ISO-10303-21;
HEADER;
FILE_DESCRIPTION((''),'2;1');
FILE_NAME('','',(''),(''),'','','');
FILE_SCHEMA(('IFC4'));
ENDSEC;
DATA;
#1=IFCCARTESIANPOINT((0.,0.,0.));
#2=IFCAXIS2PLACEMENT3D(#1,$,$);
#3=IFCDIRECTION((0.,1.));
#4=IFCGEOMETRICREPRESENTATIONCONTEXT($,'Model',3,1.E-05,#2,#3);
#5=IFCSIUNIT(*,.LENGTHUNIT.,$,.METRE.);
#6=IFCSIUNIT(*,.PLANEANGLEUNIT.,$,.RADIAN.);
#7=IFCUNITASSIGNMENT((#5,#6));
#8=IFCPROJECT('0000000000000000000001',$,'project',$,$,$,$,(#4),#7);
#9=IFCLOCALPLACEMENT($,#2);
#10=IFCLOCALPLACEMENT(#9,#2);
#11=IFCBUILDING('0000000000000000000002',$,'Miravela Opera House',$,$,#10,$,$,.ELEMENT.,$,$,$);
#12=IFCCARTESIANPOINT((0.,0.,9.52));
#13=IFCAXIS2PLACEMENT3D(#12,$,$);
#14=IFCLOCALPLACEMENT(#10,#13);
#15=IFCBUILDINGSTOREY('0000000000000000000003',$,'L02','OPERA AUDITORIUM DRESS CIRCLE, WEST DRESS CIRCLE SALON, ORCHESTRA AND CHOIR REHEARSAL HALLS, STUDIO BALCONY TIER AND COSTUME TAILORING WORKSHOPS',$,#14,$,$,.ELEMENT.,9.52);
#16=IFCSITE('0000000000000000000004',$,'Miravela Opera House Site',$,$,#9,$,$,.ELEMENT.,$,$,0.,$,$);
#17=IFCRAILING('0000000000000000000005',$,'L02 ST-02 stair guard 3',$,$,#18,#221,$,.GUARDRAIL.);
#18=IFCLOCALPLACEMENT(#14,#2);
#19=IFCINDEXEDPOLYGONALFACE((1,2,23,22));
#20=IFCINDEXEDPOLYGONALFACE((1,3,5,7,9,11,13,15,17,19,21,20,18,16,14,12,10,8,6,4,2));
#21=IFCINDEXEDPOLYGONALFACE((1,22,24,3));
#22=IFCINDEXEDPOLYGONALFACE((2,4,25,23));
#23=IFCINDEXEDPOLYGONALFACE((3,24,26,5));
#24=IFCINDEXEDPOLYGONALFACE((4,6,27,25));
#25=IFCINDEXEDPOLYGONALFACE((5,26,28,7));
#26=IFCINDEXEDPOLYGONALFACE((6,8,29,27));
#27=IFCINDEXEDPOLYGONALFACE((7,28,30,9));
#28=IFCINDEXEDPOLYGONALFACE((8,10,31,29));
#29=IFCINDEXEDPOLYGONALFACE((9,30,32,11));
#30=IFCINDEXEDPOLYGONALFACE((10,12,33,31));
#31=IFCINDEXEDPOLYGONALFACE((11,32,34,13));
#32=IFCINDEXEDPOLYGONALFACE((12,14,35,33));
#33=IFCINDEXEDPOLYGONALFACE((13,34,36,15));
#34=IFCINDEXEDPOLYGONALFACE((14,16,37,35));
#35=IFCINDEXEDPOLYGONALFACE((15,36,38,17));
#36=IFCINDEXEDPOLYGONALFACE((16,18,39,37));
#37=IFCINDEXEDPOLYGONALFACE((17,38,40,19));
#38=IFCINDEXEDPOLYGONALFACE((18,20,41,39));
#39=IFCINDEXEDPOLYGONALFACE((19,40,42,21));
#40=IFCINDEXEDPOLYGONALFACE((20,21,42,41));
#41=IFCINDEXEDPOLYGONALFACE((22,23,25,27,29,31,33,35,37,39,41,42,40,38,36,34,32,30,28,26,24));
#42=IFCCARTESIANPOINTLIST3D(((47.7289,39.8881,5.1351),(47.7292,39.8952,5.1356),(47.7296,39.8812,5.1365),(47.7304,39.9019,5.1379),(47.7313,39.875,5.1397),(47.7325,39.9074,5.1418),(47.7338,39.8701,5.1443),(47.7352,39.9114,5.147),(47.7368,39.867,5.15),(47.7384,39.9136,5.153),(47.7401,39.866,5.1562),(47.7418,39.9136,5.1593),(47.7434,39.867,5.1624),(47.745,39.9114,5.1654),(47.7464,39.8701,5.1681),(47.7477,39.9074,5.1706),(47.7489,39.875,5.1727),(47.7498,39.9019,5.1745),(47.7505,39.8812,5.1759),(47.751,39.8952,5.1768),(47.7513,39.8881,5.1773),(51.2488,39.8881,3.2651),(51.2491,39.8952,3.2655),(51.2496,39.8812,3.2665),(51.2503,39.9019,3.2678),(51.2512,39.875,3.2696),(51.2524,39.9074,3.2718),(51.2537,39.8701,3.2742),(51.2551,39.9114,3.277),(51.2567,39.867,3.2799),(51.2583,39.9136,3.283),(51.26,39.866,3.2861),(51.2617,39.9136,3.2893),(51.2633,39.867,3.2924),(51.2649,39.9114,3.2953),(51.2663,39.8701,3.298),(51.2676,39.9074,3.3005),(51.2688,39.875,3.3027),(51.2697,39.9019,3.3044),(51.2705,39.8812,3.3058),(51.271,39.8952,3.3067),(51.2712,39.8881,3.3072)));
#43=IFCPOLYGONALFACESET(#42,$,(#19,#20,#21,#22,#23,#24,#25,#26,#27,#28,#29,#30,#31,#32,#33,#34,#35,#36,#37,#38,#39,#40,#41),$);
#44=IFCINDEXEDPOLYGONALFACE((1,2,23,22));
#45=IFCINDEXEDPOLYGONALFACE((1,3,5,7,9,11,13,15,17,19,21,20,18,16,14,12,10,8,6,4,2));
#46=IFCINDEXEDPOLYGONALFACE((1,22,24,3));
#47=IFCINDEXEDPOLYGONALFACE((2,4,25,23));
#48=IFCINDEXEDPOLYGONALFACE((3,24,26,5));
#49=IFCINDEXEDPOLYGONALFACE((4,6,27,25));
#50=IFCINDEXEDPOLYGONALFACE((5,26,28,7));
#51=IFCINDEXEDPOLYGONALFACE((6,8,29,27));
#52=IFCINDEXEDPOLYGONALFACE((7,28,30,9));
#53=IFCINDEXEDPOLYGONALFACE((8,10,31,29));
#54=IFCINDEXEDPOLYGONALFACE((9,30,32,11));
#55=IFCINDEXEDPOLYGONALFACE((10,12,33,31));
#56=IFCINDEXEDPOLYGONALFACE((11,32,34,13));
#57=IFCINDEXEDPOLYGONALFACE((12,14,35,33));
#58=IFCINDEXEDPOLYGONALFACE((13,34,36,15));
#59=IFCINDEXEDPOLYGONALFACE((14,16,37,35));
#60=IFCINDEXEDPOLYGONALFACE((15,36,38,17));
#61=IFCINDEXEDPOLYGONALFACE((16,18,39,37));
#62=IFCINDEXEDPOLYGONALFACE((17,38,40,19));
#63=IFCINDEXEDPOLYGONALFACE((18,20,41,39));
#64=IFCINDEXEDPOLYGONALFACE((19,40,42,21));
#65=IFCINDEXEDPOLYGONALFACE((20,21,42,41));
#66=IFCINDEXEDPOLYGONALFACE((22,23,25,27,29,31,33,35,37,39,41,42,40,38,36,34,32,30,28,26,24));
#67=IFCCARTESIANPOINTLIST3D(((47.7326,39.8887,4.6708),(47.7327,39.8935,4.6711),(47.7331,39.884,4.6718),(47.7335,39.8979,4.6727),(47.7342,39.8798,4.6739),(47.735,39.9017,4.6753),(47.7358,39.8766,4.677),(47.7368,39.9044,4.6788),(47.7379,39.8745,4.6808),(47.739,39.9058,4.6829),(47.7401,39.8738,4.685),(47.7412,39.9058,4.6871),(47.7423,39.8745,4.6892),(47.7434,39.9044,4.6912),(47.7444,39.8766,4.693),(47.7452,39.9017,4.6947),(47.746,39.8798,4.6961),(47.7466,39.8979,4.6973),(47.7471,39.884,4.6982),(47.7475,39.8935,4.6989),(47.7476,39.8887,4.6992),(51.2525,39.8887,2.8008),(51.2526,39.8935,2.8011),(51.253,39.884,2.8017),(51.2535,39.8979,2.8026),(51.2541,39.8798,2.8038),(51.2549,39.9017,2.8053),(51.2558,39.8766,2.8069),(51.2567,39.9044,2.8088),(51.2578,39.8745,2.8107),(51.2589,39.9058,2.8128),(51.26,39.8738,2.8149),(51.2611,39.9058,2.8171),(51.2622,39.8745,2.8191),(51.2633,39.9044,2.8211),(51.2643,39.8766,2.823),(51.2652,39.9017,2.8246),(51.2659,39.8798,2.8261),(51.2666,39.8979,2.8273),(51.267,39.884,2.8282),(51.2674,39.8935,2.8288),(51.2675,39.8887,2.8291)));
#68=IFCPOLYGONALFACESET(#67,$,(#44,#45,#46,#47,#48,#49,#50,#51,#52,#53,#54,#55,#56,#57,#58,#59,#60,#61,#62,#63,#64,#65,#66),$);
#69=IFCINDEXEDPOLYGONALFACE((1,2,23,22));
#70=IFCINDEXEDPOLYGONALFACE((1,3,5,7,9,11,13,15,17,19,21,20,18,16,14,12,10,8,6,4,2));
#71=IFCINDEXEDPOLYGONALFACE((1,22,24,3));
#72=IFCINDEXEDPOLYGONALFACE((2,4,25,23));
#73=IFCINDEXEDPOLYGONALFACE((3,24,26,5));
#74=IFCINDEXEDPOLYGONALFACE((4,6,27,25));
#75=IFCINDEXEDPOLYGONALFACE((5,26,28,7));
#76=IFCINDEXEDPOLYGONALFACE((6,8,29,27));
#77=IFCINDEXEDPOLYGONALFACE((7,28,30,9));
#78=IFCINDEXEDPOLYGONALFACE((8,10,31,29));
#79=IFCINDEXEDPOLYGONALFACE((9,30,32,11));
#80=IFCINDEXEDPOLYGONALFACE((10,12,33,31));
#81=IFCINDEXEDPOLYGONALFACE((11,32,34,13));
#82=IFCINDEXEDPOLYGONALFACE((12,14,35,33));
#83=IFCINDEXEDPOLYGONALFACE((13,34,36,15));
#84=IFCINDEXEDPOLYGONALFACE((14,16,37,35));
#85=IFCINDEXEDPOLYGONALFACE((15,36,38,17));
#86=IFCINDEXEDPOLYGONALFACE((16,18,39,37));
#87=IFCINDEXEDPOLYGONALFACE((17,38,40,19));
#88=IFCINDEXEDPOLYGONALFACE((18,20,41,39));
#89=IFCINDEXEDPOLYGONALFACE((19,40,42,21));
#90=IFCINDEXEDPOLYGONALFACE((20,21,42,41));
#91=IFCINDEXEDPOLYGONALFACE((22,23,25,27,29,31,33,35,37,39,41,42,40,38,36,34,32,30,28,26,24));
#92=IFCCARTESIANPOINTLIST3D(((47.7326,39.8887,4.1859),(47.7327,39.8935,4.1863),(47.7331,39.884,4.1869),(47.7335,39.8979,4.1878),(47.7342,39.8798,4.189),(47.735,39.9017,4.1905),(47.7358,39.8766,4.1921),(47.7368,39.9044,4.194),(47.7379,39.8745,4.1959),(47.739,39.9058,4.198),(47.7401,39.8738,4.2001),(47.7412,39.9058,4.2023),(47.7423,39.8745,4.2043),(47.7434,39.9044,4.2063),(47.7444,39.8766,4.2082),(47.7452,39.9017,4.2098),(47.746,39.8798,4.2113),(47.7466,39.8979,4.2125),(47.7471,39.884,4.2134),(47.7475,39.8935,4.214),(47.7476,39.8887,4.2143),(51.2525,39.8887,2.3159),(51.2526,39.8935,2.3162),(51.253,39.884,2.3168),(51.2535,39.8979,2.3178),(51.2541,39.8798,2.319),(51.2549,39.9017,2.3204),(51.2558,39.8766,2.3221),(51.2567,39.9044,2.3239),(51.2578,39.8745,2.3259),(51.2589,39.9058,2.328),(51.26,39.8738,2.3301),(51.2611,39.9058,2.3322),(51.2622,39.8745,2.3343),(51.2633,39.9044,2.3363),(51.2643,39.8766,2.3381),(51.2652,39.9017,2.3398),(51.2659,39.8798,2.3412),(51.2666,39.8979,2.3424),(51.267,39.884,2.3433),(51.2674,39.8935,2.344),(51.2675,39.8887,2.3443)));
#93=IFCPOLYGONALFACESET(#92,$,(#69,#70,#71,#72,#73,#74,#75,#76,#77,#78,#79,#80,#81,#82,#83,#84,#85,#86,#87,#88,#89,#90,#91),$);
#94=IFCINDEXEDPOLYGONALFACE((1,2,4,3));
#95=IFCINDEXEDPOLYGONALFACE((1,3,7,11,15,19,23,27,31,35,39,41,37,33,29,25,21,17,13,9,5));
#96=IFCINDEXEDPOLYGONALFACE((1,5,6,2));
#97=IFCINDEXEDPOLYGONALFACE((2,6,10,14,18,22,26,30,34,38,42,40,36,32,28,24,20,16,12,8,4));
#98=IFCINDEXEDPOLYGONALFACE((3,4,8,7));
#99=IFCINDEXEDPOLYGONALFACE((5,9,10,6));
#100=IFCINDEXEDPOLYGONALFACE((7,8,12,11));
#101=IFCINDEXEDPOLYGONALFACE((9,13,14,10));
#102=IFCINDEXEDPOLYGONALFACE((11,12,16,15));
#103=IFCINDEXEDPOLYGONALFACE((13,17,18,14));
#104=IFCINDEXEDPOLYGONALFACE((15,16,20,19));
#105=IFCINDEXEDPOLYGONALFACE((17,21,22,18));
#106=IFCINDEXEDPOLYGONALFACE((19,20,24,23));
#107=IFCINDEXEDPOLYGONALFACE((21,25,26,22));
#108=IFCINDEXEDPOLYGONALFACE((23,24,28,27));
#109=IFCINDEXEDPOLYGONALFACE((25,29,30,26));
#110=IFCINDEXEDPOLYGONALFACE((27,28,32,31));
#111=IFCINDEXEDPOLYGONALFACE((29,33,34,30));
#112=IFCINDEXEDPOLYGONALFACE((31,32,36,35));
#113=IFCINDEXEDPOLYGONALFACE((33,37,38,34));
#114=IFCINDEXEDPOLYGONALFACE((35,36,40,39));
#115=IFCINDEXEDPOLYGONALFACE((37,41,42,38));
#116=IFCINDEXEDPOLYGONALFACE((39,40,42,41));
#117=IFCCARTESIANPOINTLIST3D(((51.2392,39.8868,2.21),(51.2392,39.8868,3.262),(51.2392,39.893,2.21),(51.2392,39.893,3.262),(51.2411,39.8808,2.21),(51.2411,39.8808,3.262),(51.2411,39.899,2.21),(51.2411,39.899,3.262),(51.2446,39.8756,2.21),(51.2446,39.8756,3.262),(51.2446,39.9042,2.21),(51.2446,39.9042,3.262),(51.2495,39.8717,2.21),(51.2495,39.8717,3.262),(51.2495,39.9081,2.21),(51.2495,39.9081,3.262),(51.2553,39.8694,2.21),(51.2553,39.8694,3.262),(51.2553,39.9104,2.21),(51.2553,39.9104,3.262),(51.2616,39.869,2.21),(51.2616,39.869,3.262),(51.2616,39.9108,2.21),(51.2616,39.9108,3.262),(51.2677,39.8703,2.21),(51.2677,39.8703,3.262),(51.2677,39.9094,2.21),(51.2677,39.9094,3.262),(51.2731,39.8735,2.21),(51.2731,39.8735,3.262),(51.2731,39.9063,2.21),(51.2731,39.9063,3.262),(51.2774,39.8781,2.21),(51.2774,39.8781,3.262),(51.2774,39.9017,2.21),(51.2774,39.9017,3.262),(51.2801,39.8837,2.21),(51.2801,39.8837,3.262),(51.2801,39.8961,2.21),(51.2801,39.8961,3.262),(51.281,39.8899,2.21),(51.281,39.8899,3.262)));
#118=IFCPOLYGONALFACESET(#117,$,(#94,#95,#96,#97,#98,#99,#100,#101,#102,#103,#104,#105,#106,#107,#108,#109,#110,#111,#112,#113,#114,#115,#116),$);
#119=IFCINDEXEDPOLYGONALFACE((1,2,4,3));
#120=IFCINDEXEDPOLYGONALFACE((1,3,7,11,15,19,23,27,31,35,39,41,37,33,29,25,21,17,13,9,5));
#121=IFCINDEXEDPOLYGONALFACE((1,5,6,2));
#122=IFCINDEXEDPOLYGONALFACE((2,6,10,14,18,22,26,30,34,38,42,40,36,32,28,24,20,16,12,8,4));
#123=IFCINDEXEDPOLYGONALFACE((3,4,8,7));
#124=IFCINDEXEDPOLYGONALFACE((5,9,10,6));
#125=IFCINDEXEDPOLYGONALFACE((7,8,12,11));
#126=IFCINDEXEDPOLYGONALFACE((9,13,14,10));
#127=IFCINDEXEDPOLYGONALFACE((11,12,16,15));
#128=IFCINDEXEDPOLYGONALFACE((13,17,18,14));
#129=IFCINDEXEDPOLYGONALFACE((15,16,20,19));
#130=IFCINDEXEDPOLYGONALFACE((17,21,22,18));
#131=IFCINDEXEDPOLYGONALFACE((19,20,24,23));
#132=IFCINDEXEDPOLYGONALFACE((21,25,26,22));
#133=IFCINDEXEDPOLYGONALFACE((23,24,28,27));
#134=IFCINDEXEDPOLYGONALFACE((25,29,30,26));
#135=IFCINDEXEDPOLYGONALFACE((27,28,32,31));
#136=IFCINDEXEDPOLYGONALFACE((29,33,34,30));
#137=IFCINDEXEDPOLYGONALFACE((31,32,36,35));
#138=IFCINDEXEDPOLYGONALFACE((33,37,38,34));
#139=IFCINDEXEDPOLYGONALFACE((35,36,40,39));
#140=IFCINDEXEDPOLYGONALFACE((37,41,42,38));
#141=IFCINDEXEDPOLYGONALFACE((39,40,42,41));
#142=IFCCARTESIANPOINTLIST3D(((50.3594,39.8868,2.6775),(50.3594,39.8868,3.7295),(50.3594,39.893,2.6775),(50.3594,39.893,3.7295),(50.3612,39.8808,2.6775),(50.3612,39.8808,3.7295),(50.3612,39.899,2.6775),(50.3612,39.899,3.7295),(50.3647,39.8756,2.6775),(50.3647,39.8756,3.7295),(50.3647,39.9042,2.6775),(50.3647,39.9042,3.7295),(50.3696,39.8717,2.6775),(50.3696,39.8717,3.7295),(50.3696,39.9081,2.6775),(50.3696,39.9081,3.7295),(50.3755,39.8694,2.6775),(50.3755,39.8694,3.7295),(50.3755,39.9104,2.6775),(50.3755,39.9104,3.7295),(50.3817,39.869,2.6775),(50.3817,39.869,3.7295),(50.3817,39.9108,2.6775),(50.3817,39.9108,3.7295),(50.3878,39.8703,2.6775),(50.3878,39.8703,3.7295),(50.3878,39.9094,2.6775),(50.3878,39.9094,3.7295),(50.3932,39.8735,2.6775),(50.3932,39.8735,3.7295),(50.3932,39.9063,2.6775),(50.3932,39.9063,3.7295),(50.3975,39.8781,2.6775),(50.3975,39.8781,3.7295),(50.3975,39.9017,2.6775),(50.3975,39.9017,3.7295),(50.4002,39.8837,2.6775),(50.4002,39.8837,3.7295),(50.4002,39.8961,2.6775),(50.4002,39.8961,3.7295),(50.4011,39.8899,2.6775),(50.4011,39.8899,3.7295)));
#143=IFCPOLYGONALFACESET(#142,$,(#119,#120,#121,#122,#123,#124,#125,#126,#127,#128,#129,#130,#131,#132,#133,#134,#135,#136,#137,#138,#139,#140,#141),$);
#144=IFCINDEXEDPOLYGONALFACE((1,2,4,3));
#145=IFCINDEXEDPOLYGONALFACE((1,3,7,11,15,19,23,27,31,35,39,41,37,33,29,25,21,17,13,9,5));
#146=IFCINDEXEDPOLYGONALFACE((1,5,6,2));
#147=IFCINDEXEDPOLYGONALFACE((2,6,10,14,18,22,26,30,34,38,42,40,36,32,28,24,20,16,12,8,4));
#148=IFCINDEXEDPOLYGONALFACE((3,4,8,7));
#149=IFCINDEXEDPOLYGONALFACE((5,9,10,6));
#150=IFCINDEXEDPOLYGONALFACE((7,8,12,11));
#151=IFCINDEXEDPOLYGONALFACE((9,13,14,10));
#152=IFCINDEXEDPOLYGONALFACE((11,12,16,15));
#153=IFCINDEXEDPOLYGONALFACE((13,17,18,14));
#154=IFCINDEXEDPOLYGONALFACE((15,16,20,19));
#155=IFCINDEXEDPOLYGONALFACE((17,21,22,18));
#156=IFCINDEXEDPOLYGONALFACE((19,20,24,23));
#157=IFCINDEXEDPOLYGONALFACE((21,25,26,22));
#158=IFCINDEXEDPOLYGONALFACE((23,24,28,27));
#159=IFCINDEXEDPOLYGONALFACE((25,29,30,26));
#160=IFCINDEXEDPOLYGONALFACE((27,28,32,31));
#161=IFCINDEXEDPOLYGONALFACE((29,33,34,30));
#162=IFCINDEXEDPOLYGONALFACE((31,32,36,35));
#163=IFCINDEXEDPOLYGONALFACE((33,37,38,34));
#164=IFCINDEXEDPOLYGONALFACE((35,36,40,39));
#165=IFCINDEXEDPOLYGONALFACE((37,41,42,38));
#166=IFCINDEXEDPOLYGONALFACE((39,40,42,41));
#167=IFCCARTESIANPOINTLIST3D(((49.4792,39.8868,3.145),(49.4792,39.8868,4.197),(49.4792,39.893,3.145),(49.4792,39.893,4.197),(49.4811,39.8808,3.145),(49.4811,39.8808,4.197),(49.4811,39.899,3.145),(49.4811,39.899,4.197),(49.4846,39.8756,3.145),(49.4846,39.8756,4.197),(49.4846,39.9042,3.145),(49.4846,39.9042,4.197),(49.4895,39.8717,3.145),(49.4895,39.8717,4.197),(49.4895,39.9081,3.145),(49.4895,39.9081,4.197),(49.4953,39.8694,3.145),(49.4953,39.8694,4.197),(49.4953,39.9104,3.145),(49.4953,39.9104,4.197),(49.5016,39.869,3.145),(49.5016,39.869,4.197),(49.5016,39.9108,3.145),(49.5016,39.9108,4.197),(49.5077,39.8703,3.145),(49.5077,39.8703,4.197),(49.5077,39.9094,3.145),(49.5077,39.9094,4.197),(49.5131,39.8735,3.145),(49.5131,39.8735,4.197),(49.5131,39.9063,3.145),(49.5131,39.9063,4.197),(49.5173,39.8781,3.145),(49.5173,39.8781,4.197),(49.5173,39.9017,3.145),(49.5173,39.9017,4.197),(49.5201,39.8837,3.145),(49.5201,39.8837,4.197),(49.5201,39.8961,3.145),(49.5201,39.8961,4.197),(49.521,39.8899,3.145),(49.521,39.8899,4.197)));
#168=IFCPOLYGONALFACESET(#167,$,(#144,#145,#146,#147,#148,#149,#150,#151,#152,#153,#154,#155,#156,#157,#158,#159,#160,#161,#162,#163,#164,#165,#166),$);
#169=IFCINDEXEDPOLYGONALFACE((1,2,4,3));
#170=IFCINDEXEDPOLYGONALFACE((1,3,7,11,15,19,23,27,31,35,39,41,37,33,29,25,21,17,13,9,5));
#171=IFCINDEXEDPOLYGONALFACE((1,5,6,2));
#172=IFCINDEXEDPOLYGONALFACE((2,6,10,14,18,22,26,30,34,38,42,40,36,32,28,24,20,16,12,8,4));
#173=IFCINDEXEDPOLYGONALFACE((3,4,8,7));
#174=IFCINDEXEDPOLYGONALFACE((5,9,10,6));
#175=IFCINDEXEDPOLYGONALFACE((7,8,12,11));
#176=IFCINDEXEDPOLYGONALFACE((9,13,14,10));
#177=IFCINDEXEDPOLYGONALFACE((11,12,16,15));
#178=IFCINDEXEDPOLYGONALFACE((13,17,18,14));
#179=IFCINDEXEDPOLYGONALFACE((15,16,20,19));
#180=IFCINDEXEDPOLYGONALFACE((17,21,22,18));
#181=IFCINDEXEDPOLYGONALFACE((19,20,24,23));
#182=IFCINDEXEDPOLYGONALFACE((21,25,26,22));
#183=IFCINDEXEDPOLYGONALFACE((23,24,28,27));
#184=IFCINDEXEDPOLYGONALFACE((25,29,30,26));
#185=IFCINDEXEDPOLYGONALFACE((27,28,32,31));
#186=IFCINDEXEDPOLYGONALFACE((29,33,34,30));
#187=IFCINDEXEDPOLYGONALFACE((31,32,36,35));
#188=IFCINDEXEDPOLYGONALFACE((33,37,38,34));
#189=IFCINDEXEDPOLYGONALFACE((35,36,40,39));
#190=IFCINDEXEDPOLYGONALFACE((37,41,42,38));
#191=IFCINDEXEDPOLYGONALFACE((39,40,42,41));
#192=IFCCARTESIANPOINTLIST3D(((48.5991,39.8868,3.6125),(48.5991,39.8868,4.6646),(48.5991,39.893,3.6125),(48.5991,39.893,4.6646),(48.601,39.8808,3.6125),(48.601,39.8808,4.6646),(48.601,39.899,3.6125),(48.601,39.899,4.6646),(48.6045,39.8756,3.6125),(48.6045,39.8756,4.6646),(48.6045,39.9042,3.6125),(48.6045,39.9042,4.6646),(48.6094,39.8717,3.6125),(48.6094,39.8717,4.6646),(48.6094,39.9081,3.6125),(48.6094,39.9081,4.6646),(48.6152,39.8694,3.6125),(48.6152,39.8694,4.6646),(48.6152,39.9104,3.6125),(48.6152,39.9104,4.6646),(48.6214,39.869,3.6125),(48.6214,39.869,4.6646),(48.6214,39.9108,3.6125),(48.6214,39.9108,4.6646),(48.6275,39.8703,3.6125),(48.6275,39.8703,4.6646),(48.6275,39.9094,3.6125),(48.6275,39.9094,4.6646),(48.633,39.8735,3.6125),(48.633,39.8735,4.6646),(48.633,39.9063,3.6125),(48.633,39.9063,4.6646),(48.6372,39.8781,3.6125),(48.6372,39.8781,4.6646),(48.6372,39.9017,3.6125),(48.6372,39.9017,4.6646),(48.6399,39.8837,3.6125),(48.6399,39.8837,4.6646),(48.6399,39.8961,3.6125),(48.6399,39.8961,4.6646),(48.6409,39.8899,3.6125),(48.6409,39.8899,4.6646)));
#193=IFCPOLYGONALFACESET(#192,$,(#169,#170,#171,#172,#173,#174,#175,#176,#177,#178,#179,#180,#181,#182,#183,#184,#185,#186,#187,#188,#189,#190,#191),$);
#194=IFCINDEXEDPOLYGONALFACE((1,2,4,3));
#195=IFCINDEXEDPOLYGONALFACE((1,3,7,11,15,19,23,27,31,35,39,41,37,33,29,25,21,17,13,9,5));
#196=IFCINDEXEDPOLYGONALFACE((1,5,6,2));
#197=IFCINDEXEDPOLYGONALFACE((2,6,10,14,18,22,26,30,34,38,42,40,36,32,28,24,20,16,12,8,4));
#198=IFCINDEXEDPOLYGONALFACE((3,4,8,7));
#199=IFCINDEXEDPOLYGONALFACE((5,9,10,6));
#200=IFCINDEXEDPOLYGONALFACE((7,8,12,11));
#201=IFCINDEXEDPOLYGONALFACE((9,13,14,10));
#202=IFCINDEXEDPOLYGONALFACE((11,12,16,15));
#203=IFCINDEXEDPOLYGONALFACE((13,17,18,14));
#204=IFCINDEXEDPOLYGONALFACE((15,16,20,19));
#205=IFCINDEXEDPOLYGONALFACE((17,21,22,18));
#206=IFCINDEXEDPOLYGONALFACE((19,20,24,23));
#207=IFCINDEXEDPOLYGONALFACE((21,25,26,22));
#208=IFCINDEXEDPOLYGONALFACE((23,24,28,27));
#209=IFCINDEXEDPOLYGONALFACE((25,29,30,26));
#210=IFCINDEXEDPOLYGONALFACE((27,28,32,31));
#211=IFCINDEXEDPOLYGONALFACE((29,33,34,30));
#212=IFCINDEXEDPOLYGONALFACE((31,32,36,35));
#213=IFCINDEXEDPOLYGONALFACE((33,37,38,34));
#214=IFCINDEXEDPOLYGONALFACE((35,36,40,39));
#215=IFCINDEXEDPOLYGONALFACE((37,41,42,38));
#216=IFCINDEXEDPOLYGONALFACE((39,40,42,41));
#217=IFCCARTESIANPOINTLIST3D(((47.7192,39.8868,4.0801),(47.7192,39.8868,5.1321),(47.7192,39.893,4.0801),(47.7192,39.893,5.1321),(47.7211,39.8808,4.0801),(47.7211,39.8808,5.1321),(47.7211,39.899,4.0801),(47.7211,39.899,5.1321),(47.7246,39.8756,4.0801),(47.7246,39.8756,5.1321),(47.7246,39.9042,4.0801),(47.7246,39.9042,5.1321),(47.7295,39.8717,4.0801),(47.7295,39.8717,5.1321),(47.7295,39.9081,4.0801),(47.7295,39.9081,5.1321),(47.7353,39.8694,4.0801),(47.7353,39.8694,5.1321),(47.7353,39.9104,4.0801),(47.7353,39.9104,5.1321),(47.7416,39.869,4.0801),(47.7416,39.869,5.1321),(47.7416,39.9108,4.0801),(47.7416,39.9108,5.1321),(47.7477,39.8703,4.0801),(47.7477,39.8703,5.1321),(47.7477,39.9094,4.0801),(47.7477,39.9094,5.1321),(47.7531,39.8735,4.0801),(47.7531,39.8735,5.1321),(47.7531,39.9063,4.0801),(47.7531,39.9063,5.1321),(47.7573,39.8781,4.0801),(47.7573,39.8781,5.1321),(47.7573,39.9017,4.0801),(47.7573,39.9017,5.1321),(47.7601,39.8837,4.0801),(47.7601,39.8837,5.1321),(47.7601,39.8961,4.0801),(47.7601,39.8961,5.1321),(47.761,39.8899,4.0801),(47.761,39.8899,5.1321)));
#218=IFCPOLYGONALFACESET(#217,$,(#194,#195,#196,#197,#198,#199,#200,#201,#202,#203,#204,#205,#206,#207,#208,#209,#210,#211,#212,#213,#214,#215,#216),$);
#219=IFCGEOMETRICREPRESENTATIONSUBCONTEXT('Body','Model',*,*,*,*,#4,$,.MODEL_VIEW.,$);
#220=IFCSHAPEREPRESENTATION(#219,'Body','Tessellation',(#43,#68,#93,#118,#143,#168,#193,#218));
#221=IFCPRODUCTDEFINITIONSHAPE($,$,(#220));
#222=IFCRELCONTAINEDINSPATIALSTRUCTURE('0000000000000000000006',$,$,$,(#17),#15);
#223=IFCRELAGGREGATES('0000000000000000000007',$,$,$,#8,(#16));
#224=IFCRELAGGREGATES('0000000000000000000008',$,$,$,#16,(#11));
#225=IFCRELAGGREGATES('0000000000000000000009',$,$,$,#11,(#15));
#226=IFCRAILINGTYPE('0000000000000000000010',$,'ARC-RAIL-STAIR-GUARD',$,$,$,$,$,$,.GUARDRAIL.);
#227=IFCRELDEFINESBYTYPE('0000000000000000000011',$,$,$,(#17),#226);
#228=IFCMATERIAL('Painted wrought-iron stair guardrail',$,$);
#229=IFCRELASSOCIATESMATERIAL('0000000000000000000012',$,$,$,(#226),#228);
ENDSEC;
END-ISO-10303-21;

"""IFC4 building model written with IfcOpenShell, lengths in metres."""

from ifc_helpers import new_model, si_unit, direction, frame, origin, origin_2d, place, context, subcontext, project, spatial, circle, extrude, material, type_object, element, save


model = new_model("IFC4")

# Units and contexts
model_context = context("Model", 3, precision=1e-05, world=origin(), true_north=direction((0.0, 1.0)))
body_context = subcontext(model_context, "Body", "Model", "MODEL_VIEW")
ifc_project = project(units=[si_unit("LENGTHUNIT", "METRE"), si_unit("PLANEANGLEUNIT", "RADIAN")], contexts=[model_context])

# Site, building, storey
site_placement = place(None, origin())
site = spatial("IfcSite", under=ifc_project, at=site_placement, Name="Miravela Opera House Site", CompositionType="ELEMENT", RefElevation=0.0)
building_placement = place(site_placement, origin())
building = spatial("IfcBuilding", under=site, at=building_placement, Name="Miravela Opera House", CompositionType="ELEMENT")
storey_placement = place(building_placement, frame((0.0, 0.0, 9.52)))
storey = spatial("IfcBuildingStorey", under=building, at=storey_placement, Name="L02", Description="OPERA AUDITORIUM DRESS CIRCLE, WEST DRESS CIRCLE SALON, ORCHESTRA AND CHOIR REHEARSAL HALLS, STUDIO BALCONY TIER AND COSTUME TAILORING WORKSHOPS", CompositionType="ELEMENT", Elevation=9.52)

# Railing
ifc_material_1 = material(Name="Painted wrought-iron stair guardrail")
railing_type_1 = type_object("IfcRailingType", Name="ARC-RAIL-STAIR-GUARD", PredefinedType="GUARDRAIL", material=ifc_material_1)
railing_1_placement = place(storey_placement, frame((51.26, 39.8899, 2.21)))
element("IfcRailing", 1, at=railing_1_placement, inside=storey, type_object=railing_type_1, Name="L02 ST-02 stair guard 3", PredefinedType="GUARDRAIL", context=body_context, shape_type="SweptSolid", body=[
    extrude(circle(Radius=0.0239, at=origin_2d()), frame((0.0, 0.0, 1.0762), z_axis=(-0.883105, 0.0, 0.469176), x_axis=(0.0, -1.0, 0.0)), (0.0, 0.0, 1.0), 3.9858),
    extrude(circle(Radius=0.0161, at=origin_2d()), frame((0.0, 0.0, 0.605), z_axis=(-0.883105, 0.0, 0.469176), x_axis=(0.0, -1.0, 0.0)), (0.0, 0.0, 1.0), 3.9858),
    extrude(circle(Radius=0.0161, at=origin_2d()), frame((0.0, 0.0, 0.1201), z_axis=(-0.883105, 0.0, 0.469176), x_axis=(0.0, -1.0, 0.0)), (0.0, 0.0, 1.0), 3.9858),
    extrude(circle(Radius=0.021, at=origin_2d()), origin(), (0.0, 0.0, 1.0), 1.052),
    extrude(circle(Radius=0.021, at=origin_2d()), frame((-0.8799, 0.0, 0.4675)), (0.0, 0.0, 1.0), 1.052),
    extrude(circle(Radius=0.021, at=origin_2d()), frame((-1.76, 0.0, 0.9351)), (0.0, 0.0, 1.0), 1.052),
    extrude(circle(Radius=0.021, at=origin_2d()), frame((-2.6401, 0.0, 1.4026)), (0.0, 0.0, 1.0), 1.052),
    extrude(circle(Radius=0.021, at=origin_2d()), frame((-3.52, 0.0, 1.8701)), (0.0, 0.0, 1.0), 1.052),
])

save(model, "model.ifc")
